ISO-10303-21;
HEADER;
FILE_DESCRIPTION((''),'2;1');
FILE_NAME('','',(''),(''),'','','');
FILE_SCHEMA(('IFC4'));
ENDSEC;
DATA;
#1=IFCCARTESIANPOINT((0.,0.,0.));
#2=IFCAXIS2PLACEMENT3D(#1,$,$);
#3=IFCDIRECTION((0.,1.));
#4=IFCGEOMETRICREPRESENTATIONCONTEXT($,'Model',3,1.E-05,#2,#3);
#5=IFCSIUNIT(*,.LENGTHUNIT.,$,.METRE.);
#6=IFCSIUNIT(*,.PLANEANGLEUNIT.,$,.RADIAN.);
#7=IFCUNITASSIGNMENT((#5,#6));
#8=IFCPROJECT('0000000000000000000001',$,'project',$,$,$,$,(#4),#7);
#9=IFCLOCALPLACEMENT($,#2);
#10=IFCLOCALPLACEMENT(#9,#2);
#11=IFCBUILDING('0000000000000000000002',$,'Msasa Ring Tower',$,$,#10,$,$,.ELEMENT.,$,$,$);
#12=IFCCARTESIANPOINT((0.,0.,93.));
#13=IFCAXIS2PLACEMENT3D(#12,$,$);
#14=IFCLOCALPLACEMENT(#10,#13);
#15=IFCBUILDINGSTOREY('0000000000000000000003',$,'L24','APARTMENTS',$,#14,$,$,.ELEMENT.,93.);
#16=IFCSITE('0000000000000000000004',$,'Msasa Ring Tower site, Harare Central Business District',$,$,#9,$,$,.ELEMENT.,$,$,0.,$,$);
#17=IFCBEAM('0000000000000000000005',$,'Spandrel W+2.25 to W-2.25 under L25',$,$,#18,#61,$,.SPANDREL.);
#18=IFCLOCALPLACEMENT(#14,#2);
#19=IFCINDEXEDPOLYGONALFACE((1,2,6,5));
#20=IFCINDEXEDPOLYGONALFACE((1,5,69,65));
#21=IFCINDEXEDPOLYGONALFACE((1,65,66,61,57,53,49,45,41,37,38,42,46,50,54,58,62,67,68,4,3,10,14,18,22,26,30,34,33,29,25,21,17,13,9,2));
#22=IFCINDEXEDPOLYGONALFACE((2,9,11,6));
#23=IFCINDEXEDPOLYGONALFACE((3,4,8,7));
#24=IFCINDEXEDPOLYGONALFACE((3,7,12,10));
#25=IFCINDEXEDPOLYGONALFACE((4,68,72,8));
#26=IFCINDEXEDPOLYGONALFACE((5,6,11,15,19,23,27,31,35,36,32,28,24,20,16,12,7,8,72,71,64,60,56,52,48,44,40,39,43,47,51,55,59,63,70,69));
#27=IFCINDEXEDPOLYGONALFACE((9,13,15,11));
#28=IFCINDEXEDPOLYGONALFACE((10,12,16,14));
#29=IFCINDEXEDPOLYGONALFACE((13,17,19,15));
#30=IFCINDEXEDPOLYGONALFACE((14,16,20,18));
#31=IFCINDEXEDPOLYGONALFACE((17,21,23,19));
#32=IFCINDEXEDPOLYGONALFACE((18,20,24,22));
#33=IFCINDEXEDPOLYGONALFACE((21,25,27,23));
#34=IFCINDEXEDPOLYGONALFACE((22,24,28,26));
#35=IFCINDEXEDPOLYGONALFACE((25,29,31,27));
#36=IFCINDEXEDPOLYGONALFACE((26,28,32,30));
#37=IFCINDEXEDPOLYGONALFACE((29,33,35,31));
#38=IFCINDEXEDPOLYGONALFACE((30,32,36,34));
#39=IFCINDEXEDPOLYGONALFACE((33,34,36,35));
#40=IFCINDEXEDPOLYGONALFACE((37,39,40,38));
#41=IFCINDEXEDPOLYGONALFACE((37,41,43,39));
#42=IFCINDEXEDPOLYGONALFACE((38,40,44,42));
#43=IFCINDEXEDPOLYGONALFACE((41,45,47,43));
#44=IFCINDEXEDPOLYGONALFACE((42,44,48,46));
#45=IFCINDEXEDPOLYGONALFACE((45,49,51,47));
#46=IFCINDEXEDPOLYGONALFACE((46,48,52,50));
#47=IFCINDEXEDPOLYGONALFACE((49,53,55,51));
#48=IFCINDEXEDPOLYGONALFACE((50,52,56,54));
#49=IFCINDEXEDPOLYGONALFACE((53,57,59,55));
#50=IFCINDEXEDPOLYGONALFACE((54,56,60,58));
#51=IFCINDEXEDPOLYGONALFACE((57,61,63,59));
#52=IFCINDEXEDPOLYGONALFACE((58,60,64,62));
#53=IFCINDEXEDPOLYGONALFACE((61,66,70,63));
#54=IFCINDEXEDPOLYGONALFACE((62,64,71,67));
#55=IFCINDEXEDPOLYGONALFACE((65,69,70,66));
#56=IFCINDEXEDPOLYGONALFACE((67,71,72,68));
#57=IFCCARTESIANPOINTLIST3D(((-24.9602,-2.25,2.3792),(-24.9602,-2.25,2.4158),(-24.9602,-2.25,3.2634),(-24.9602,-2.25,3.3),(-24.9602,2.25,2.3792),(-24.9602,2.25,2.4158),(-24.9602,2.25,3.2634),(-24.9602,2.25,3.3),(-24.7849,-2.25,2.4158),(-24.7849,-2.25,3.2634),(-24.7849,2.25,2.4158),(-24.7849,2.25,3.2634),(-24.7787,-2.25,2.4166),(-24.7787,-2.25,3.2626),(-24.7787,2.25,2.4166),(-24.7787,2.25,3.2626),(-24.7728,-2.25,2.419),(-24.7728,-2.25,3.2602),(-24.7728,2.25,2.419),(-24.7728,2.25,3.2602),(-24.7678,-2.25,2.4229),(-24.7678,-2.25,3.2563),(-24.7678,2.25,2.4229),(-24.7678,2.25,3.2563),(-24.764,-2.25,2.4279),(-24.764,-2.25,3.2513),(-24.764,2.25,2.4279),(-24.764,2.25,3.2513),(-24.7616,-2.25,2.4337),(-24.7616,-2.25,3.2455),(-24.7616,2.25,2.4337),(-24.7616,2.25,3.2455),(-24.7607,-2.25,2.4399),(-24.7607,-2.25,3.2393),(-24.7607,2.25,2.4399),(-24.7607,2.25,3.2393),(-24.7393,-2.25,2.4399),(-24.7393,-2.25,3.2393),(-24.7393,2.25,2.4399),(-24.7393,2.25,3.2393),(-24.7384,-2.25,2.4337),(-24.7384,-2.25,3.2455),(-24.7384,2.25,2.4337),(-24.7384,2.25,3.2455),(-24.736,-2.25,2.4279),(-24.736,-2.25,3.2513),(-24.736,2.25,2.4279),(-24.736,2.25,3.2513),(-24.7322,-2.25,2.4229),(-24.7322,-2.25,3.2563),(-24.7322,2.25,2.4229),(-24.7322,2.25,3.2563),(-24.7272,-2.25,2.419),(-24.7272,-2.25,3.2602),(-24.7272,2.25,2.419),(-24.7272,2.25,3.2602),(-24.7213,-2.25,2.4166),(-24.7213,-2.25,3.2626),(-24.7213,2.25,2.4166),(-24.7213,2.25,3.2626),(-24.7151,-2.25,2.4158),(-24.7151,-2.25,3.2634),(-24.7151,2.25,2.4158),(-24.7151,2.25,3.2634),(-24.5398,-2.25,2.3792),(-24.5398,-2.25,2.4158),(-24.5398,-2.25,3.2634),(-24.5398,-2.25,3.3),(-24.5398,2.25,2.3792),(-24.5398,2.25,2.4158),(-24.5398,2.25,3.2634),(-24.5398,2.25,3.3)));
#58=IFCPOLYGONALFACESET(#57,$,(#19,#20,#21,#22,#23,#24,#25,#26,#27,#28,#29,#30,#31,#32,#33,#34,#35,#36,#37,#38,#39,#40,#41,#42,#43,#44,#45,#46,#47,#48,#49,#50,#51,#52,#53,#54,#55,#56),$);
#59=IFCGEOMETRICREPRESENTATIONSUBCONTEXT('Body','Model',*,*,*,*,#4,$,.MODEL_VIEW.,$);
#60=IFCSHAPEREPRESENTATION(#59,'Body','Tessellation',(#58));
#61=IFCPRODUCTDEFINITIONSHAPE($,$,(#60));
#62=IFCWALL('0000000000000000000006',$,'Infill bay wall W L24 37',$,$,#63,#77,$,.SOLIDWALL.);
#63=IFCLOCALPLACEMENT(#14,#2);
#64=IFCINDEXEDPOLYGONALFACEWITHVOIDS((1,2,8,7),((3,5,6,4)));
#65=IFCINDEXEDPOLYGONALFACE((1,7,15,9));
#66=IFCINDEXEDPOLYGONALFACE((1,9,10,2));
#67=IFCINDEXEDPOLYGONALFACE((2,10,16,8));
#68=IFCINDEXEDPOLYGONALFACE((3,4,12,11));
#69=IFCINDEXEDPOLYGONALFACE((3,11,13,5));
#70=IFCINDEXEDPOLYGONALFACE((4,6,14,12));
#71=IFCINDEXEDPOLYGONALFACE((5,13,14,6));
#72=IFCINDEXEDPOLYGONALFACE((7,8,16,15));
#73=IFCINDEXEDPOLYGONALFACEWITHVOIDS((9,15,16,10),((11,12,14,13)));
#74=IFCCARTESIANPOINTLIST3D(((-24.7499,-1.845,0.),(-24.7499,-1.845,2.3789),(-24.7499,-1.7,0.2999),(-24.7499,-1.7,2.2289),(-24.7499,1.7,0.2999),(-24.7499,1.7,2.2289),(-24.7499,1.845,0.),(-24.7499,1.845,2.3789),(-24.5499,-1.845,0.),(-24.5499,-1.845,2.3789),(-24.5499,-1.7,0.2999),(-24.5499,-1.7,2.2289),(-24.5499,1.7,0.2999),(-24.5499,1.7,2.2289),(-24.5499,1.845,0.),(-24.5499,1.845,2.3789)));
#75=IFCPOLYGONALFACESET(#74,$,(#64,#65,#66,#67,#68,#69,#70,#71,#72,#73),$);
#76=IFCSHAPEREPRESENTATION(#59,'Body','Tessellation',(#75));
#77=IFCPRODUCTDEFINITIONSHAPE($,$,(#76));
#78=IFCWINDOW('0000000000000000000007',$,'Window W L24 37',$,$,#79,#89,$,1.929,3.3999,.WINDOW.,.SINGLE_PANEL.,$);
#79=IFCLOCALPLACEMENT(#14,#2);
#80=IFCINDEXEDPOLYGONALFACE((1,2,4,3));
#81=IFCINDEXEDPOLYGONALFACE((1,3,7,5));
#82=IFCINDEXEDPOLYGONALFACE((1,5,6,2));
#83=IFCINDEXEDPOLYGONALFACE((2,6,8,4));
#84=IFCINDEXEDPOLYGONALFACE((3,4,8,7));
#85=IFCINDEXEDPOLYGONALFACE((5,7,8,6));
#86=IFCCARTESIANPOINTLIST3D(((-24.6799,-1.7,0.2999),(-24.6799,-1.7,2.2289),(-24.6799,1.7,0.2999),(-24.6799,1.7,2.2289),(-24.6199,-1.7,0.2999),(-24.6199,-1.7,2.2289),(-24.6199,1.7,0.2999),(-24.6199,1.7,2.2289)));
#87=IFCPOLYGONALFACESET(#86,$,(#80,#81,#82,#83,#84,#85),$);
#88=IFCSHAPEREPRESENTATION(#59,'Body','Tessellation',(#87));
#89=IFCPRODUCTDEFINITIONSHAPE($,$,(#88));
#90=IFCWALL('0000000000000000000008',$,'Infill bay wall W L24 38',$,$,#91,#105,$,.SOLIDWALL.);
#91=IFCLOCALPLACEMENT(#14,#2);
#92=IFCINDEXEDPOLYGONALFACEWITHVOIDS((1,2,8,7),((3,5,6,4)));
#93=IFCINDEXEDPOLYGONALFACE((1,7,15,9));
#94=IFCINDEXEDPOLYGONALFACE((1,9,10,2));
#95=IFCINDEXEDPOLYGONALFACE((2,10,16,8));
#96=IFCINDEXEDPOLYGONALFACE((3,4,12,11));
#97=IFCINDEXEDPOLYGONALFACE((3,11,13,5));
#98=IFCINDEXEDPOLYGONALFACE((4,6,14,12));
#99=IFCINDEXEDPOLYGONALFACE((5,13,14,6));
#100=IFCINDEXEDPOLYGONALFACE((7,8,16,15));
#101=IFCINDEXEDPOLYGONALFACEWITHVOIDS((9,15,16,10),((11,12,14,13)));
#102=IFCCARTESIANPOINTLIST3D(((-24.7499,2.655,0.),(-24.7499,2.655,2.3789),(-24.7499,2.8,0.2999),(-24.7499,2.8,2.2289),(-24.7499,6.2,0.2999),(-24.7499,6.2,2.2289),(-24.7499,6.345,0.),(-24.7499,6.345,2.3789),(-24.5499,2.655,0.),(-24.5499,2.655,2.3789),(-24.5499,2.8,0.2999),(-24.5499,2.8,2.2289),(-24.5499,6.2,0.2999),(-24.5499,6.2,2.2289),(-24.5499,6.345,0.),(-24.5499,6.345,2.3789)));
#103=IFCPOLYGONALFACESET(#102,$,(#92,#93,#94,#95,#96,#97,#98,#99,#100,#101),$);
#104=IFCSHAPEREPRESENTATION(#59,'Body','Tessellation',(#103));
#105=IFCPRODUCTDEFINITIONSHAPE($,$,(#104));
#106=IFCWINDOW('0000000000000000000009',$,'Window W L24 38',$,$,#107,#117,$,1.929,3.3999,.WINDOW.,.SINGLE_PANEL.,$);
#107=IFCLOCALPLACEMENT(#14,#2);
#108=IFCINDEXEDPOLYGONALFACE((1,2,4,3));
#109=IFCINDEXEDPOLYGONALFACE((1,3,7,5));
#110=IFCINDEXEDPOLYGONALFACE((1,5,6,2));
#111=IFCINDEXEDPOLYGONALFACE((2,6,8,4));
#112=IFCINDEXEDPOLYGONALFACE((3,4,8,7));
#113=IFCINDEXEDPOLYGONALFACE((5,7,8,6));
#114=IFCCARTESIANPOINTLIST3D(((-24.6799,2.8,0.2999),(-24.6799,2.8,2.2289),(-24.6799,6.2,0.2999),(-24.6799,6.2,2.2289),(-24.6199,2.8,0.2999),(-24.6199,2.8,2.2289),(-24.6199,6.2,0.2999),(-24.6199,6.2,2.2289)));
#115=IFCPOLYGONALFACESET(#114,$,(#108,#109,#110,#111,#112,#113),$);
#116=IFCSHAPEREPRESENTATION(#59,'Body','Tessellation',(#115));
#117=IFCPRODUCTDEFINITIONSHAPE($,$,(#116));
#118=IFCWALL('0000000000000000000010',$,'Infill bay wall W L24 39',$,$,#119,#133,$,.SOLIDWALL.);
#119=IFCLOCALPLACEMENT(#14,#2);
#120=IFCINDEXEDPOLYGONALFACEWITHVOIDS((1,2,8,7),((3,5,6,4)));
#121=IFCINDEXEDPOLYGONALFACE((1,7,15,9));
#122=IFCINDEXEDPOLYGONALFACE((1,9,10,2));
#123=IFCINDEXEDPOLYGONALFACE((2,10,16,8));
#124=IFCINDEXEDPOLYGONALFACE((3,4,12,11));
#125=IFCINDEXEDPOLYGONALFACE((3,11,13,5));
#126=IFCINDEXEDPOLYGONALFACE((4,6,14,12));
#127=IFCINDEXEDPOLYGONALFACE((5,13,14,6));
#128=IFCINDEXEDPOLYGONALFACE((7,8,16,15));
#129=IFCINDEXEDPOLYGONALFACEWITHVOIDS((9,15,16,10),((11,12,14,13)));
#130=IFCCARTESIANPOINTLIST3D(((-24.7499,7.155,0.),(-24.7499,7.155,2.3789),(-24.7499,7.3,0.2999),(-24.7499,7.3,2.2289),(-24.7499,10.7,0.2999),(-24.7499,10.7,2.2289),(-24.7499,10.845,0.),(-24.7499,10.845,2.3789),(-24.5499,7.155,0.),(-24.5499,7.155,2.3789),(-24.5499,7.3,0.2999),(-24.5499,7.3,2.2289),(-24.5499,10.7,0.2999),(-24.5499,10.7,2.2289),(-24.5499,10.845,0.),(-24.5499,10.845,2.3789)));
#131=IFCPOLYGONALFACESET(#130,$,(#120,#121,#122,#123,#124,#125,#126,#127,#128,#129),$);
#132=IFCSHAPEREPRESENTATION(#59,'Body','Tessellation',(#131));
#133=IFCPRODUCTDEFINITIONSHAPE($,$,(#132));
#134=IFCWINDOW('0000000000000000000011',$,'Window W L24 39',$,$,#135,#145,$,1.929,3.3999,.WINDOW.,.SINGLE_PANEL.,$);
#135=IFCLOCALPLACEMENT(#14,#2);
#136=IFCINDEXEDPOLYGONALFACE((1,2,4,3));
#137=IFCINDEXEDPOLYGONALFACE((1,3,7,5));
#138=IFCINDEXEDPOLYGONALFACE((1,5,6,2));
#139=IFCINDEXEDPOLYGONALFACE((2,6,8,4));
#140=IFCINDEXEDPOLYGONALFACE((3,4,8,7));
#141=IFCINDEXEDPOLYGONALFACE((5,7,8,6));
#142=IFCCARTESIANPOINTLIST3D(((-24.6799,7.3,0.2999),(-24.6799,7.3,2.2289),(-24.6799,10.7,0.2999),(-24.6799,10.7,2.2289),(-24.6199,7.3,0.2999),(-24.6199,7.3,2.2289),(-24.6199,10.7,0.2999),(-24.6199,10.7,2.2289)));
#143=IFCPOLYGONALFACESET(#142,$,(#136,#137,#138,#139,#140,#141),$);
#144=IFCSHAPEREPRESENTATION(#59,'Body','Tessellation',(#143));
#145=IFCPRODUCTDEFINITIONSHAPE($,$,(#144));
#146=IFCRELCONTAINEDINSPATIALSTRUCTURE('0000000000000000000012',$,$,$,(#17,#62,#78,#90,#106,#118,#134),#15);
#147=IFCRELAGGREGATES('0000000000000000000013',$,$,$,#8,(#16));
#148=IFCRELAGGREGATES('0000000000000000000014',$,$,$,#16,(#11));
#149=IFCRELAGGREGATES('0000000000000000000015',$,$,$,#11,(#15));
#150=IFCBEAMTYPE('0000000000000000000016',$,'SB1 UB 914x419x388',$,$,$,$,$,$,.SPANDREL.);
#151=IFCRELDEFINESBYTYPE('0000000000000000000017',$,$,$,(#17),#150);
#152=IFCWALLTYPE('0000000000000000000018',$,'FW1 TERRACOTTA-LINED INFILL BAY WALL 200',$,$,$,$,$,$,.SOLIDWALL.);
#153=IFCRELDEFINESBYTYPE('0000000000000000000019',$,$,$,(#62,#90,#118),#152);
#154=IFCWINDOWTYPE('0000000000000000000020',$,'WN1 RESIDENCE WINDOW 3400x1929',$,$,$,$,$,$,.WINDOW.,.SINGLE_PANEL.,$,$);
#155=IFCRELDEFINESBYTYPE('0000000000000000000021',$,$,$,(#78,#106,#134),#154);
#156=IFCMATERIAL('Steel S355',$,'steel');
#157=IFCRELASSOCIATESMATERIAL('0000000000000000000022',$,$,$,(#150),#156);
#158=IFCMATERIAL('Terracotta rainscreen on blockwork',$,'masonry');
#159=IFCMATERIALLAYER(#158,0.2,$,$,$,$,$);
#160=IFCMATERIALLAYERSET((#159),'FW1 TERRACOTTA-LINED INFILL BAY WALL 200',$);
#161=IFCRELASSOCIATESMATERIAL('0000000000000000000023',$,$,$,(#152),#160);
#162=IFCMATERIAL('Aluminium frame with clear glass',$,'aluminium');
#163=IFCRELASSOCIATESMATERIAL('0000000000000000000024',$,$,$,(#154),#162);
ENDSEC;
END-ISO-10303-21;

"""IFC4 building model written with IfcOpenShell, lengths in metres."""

from ifc_helpers import new_model, si_unit, direction, frame, frame_2d, origin, origin_2d, place, context, subcontext, project, spatial, rectangle, i_section, extrude, material, layer, layer_set, material_profile, profile_set, type_object, element, fill, save


model = new_model("IFC4")

# Units and contexts
model_context = context("Model", 3, precision=1e-05, world=origin(), true_north=direction((0.0, 1.0)))
body_context = subcontext(model_context, "Body", "Model", "MODEL_VIEW")
ifc_project = project(units=[si_unit("LENGTHUNIT", "METRE"), si_unit("PLANEANGLEUNIT", "RADIAN")], contexts=[model_context])

# Site, building, storey
site_placement = place(None, origin())
site = spatial("IfcSite", under=ifc_project, at=site_placement, Name="Msasa Ring Tower site, Harare Central Business District", CompositionType="ELEMENT", RefElevation=0.0)
building_placement = place(site_placement, origin())
building = spatial("IfcBuilding", under=site, at=building_placement, Name="Msasa Ring Tower", CompositionType="ELEMENT")
storey_placement = place(building_placement, frame((0.0, 0.0, 93.0)))
storey = spatial("IfcBuildingStorey", under=building, at=storey_placement, Name="L24", Description="APARTMENTS", CompositionType="ELEMENT", Elevation=93.0)

# Beam
ifc_material_1 = material(Name="Steel S355", Category="steel")
ifc_material_profile_1 = material_profile(ifc_material_1, i_section(OverallWidth=0.4204, OverallDepth=0.9209, WebThickness=0.0215, FlangeThickness=0.0366, FilletRadius=0.0242, at=origin_2d()), Name="UB 914x419x388")
ifc_profile_set_1 = profile_set([ifc_material_profile_1], Name="Steel S355")
beam_type_1 = type_object("IfcBeamType", Name="SB1 UB 914x419x388", PredefinedType="SPANDREL", material=ifc_profile_set_1)
for number, where, z_axis, x_axis, name in (
    (1, (-24.75, 2.25, 2.8396), (0.0, -1.0, 0.0), (1.0, 0.0, 0.0), "Spandrel W+2.25 to W-2.25 under L25"),
):
    element("IfcBeam", number, at=place(storey_placement, frame(where, z_axis=z_axis, x_axis=x_axis)), inside=storey, type_object=beam_type_1, Name=name, PredefinedType="SPANDREL", context=body_context, shape_type="SweptSolid", body=[
        extrude(i_section(OverallWidth=0.4204, OverallDepth=0.9209, WebThickness=0.0215, FlangeThickness=0.0366, FilletRadius=0.0242, at=origin_2d()), origin(), (0.0, 0.0, 1.0), 4.5),
    ])

# Walls, openings, windows
ifc_material_2 = material(Name="Terracotta rainscreen on blockwork", Category="masonry")
ifc_layer_1 = layer(ifc_material_2, 0.2)
ifc_layer_set_1 = layer_set([ifc_layer_1], Name="FW1 TERRACOTTA-LINED INFILL BAY WALL 200")
wall_type_1 = type_object("IfcWallType", Name="FW1 TERRACOTTA-LINED INFILL BAY WALL 200", PredefinedType="SOLIDWALL", material=ifc_layer_set_1)
wall_1_placement = place(storey_placement, frame((-24.6499, -1.845, 0.0), z_axis=(0.0, 0.0, 1.0), x_axis=(0.0, 1.0, 0.0)))
wall_1 = element("IfcWall", 2, at=wall_1_placement, inside=storey, type_object=wall_type_1, Name="Infill bay wall W L24 37", PredefinedType="SOLIDWALL", context=body_context, shape_type="SweptSolid", body=[
    extrude(rectangle(XDim=3.6899, YDim=0.2, at=frame_2d((1.845, 0.0))), origin(), (0.0, 0.0, 1.0), 2.3789),
])
opening_1_placement = place(wall_1_placement, frame((0.145, 0.0, 0.3)))
opening_1 = element("IfcOpeningElement", 3, at=opening_1_placement, cuts=wall_1, PredefinedType="OPENING", context=body_context, shape_type="SweptSolid", body=[
    extrude(rectangle(XDim=3.3999, YDim=1.929, at=frame_2d((1.7, 0.9644))), frame((0.0, 0.1099, 0.0), z_axis=(0.0, -1.0, 0.0), x_axis=(1.0, 0.0, 0.0)), (0.0, 0.0, 1.0), 0.22),
])
ifc_material_3 = material(Name="Aluminium frame with clear glass", Category="aluminium")
window_type = type_object("IfcWindowType", Name="WN1 RESIDENCE WINDOW 3400x1929", PartitioningType="SINGLE_PANEL", PredefinedType="WINDOW", material=ifc_material_3)
window_1_placement = place(opening_1_placement, origin())
window_1 = element("IfcWindow", 4, at=window_1_placement, inside=storey, type_object=window_type, Name="Window W L24 37", OverallHeight=1.929, OverallWidth=3.3999, PartitioningType="SINGLE_PANEL", PredefinedType="WINDOW", context=body_context, shape_type="SweptSolid", body=[
    extrude(rectangle(XDim=3.3999, YDim=1.929, at=frame_2d((1.7, 0.9644))), frame((0.0, 0.03, 0.0), z_axis=(0.0, -1.0, 0.0), x_axis=(1.0, 0.0, 0.0)), (0.0, 0.0, 1.0), 0.0601),
])
fill(opening_1, window_1)
wall_2_placement = place(storey_placement, frame((-24.6499, 2.655, 0.0), z_axis=(0.0, 0.0, 1.0), x_axis=(0.0, 1.0, 0.0)))
wall_2 = element("IfcWall", 5, at=wall_2_placement, inside=storey, type_object=wall_type_1, Name="Infill bay wall W L24 38", PredefinedType="SOLIDWALL", context=body_context, shape_type="SweptSolid", body=[
    extrude(rectangle(XDim=3.6899, YDim=0.2, at=frame_2d((1.845, 0.0))), origin(), (0.0, 0.0, 1.0), 2.3789),
])
opening_2_placement = place(wall_2_placement, frame((0.145, 0.0, 0.3)))
opening_2 = element("IfcOpeningElement", 6, at=opening_2_placement, cuts=wall_2, PredefinedType="OPENING", context=body_context, shape_type="SweptSolid", body=[
    extrude(rectangle(XDim=3.3999, YDim=1.929, at=frame_2d((1.7, 0.9644))), frame((0.0, 0.1099, 0.0), z_axis=(0.0, -1.0, 0.0), x_axis=(1.0, 0.0, 0.0)), (0.0, 0.0, 1.0), 0.22),
])
window_2_placement = place(opening_2_placement, origin())
window_2 = element("IfcWindow", 7, at=window_2_placement, inside=storey, type_object=window_type, Name="Window W L24 38", OverallHeight=1.929, OverallWidth=3.3999, PartitioningType="SINGLE_PANEL", PredefinedType="WINDOW", context=body_context, shape_type="SweptSolid", body=[
    extrude(rectangle(XDim=3.3999, YDim=1.929, at=frame_2d((1.7, 0.9644))), frame((0.0, 0.03, 0.0), z_axis=(0.0, -1.0, 0.0), x_axis=(1.0, 0.0, 0.0)), (0.0, 0.0, 1.0), 0.0601),
])
fill(opening_2, window_2)
wall_3_placement = place(storey_placement, frame((-24.6499, 7.155, 0.0), z_axis=(0.0, 0.0, 1.0), x_axis=(0.0, 1.0, 0.0)))
wall_3 = element("IfcWall", 8, at=wall_3_placement, inside=storey, type_object=wall_type_1, Name="Infill bay wall W L24 39", PredefinedType="SOLIDWALL", context=body_context, shape_type="SweptSolid", body=[
    extrude(rectangle(XDim=3.6899, YDim=0.2, at=frame_2d((1.845, 0.0))), origin(), (0.0, 0.0, 1.0), 2.3789),
])
opening_3_placement = place(wall_3_placement, frame((0.145, 0.0, 0.3)))
opening_3 = element("IfcOpeningElement", 9, at=opening_3_placement, cuts=wall_3, PredefinedType="OPENING", context=body_context, shape_type="SweptSolid", body=[
    extrude(rectangle(XDim=3.3999, YDim=1.929, at=frame_2d((1.7, 0.9644))), frame((0.0, 0.1099, 0.0), z_axis=(0.0, -1.0, 0.0), x_axis=(1.0, 0.0, 0.0)), (0.0, 0.0, 1.0), 0.22),
])
window_3_placement = place(opening_3_placement, origin())
window_3 = element("IfcWindow", 10, at=window_3_placement, inside=storey, type_object=window_type, Name="Window W L24 39", OverallHeight=1.929, OverallWidth=3.3999, PartitioningType="SINGLE_PANEL", PredefinedType="WINDOW", context=body_context, shape_type="SweptSolid", body=[
    extrude(rectangle(XDim=3.3999, YDim=1.929, at=frame_2d((1.7, 0.9644))), frame((0.0, 0.03, 0.0), z_axis=(0.0, -1.0, 0.0), x_axis=(1.0, 0.0, 0.0)), (0.0, 0.0, 1.0), 0.0601),
])
fill(opening_3, window_3)

save(model, "model.ifc")
